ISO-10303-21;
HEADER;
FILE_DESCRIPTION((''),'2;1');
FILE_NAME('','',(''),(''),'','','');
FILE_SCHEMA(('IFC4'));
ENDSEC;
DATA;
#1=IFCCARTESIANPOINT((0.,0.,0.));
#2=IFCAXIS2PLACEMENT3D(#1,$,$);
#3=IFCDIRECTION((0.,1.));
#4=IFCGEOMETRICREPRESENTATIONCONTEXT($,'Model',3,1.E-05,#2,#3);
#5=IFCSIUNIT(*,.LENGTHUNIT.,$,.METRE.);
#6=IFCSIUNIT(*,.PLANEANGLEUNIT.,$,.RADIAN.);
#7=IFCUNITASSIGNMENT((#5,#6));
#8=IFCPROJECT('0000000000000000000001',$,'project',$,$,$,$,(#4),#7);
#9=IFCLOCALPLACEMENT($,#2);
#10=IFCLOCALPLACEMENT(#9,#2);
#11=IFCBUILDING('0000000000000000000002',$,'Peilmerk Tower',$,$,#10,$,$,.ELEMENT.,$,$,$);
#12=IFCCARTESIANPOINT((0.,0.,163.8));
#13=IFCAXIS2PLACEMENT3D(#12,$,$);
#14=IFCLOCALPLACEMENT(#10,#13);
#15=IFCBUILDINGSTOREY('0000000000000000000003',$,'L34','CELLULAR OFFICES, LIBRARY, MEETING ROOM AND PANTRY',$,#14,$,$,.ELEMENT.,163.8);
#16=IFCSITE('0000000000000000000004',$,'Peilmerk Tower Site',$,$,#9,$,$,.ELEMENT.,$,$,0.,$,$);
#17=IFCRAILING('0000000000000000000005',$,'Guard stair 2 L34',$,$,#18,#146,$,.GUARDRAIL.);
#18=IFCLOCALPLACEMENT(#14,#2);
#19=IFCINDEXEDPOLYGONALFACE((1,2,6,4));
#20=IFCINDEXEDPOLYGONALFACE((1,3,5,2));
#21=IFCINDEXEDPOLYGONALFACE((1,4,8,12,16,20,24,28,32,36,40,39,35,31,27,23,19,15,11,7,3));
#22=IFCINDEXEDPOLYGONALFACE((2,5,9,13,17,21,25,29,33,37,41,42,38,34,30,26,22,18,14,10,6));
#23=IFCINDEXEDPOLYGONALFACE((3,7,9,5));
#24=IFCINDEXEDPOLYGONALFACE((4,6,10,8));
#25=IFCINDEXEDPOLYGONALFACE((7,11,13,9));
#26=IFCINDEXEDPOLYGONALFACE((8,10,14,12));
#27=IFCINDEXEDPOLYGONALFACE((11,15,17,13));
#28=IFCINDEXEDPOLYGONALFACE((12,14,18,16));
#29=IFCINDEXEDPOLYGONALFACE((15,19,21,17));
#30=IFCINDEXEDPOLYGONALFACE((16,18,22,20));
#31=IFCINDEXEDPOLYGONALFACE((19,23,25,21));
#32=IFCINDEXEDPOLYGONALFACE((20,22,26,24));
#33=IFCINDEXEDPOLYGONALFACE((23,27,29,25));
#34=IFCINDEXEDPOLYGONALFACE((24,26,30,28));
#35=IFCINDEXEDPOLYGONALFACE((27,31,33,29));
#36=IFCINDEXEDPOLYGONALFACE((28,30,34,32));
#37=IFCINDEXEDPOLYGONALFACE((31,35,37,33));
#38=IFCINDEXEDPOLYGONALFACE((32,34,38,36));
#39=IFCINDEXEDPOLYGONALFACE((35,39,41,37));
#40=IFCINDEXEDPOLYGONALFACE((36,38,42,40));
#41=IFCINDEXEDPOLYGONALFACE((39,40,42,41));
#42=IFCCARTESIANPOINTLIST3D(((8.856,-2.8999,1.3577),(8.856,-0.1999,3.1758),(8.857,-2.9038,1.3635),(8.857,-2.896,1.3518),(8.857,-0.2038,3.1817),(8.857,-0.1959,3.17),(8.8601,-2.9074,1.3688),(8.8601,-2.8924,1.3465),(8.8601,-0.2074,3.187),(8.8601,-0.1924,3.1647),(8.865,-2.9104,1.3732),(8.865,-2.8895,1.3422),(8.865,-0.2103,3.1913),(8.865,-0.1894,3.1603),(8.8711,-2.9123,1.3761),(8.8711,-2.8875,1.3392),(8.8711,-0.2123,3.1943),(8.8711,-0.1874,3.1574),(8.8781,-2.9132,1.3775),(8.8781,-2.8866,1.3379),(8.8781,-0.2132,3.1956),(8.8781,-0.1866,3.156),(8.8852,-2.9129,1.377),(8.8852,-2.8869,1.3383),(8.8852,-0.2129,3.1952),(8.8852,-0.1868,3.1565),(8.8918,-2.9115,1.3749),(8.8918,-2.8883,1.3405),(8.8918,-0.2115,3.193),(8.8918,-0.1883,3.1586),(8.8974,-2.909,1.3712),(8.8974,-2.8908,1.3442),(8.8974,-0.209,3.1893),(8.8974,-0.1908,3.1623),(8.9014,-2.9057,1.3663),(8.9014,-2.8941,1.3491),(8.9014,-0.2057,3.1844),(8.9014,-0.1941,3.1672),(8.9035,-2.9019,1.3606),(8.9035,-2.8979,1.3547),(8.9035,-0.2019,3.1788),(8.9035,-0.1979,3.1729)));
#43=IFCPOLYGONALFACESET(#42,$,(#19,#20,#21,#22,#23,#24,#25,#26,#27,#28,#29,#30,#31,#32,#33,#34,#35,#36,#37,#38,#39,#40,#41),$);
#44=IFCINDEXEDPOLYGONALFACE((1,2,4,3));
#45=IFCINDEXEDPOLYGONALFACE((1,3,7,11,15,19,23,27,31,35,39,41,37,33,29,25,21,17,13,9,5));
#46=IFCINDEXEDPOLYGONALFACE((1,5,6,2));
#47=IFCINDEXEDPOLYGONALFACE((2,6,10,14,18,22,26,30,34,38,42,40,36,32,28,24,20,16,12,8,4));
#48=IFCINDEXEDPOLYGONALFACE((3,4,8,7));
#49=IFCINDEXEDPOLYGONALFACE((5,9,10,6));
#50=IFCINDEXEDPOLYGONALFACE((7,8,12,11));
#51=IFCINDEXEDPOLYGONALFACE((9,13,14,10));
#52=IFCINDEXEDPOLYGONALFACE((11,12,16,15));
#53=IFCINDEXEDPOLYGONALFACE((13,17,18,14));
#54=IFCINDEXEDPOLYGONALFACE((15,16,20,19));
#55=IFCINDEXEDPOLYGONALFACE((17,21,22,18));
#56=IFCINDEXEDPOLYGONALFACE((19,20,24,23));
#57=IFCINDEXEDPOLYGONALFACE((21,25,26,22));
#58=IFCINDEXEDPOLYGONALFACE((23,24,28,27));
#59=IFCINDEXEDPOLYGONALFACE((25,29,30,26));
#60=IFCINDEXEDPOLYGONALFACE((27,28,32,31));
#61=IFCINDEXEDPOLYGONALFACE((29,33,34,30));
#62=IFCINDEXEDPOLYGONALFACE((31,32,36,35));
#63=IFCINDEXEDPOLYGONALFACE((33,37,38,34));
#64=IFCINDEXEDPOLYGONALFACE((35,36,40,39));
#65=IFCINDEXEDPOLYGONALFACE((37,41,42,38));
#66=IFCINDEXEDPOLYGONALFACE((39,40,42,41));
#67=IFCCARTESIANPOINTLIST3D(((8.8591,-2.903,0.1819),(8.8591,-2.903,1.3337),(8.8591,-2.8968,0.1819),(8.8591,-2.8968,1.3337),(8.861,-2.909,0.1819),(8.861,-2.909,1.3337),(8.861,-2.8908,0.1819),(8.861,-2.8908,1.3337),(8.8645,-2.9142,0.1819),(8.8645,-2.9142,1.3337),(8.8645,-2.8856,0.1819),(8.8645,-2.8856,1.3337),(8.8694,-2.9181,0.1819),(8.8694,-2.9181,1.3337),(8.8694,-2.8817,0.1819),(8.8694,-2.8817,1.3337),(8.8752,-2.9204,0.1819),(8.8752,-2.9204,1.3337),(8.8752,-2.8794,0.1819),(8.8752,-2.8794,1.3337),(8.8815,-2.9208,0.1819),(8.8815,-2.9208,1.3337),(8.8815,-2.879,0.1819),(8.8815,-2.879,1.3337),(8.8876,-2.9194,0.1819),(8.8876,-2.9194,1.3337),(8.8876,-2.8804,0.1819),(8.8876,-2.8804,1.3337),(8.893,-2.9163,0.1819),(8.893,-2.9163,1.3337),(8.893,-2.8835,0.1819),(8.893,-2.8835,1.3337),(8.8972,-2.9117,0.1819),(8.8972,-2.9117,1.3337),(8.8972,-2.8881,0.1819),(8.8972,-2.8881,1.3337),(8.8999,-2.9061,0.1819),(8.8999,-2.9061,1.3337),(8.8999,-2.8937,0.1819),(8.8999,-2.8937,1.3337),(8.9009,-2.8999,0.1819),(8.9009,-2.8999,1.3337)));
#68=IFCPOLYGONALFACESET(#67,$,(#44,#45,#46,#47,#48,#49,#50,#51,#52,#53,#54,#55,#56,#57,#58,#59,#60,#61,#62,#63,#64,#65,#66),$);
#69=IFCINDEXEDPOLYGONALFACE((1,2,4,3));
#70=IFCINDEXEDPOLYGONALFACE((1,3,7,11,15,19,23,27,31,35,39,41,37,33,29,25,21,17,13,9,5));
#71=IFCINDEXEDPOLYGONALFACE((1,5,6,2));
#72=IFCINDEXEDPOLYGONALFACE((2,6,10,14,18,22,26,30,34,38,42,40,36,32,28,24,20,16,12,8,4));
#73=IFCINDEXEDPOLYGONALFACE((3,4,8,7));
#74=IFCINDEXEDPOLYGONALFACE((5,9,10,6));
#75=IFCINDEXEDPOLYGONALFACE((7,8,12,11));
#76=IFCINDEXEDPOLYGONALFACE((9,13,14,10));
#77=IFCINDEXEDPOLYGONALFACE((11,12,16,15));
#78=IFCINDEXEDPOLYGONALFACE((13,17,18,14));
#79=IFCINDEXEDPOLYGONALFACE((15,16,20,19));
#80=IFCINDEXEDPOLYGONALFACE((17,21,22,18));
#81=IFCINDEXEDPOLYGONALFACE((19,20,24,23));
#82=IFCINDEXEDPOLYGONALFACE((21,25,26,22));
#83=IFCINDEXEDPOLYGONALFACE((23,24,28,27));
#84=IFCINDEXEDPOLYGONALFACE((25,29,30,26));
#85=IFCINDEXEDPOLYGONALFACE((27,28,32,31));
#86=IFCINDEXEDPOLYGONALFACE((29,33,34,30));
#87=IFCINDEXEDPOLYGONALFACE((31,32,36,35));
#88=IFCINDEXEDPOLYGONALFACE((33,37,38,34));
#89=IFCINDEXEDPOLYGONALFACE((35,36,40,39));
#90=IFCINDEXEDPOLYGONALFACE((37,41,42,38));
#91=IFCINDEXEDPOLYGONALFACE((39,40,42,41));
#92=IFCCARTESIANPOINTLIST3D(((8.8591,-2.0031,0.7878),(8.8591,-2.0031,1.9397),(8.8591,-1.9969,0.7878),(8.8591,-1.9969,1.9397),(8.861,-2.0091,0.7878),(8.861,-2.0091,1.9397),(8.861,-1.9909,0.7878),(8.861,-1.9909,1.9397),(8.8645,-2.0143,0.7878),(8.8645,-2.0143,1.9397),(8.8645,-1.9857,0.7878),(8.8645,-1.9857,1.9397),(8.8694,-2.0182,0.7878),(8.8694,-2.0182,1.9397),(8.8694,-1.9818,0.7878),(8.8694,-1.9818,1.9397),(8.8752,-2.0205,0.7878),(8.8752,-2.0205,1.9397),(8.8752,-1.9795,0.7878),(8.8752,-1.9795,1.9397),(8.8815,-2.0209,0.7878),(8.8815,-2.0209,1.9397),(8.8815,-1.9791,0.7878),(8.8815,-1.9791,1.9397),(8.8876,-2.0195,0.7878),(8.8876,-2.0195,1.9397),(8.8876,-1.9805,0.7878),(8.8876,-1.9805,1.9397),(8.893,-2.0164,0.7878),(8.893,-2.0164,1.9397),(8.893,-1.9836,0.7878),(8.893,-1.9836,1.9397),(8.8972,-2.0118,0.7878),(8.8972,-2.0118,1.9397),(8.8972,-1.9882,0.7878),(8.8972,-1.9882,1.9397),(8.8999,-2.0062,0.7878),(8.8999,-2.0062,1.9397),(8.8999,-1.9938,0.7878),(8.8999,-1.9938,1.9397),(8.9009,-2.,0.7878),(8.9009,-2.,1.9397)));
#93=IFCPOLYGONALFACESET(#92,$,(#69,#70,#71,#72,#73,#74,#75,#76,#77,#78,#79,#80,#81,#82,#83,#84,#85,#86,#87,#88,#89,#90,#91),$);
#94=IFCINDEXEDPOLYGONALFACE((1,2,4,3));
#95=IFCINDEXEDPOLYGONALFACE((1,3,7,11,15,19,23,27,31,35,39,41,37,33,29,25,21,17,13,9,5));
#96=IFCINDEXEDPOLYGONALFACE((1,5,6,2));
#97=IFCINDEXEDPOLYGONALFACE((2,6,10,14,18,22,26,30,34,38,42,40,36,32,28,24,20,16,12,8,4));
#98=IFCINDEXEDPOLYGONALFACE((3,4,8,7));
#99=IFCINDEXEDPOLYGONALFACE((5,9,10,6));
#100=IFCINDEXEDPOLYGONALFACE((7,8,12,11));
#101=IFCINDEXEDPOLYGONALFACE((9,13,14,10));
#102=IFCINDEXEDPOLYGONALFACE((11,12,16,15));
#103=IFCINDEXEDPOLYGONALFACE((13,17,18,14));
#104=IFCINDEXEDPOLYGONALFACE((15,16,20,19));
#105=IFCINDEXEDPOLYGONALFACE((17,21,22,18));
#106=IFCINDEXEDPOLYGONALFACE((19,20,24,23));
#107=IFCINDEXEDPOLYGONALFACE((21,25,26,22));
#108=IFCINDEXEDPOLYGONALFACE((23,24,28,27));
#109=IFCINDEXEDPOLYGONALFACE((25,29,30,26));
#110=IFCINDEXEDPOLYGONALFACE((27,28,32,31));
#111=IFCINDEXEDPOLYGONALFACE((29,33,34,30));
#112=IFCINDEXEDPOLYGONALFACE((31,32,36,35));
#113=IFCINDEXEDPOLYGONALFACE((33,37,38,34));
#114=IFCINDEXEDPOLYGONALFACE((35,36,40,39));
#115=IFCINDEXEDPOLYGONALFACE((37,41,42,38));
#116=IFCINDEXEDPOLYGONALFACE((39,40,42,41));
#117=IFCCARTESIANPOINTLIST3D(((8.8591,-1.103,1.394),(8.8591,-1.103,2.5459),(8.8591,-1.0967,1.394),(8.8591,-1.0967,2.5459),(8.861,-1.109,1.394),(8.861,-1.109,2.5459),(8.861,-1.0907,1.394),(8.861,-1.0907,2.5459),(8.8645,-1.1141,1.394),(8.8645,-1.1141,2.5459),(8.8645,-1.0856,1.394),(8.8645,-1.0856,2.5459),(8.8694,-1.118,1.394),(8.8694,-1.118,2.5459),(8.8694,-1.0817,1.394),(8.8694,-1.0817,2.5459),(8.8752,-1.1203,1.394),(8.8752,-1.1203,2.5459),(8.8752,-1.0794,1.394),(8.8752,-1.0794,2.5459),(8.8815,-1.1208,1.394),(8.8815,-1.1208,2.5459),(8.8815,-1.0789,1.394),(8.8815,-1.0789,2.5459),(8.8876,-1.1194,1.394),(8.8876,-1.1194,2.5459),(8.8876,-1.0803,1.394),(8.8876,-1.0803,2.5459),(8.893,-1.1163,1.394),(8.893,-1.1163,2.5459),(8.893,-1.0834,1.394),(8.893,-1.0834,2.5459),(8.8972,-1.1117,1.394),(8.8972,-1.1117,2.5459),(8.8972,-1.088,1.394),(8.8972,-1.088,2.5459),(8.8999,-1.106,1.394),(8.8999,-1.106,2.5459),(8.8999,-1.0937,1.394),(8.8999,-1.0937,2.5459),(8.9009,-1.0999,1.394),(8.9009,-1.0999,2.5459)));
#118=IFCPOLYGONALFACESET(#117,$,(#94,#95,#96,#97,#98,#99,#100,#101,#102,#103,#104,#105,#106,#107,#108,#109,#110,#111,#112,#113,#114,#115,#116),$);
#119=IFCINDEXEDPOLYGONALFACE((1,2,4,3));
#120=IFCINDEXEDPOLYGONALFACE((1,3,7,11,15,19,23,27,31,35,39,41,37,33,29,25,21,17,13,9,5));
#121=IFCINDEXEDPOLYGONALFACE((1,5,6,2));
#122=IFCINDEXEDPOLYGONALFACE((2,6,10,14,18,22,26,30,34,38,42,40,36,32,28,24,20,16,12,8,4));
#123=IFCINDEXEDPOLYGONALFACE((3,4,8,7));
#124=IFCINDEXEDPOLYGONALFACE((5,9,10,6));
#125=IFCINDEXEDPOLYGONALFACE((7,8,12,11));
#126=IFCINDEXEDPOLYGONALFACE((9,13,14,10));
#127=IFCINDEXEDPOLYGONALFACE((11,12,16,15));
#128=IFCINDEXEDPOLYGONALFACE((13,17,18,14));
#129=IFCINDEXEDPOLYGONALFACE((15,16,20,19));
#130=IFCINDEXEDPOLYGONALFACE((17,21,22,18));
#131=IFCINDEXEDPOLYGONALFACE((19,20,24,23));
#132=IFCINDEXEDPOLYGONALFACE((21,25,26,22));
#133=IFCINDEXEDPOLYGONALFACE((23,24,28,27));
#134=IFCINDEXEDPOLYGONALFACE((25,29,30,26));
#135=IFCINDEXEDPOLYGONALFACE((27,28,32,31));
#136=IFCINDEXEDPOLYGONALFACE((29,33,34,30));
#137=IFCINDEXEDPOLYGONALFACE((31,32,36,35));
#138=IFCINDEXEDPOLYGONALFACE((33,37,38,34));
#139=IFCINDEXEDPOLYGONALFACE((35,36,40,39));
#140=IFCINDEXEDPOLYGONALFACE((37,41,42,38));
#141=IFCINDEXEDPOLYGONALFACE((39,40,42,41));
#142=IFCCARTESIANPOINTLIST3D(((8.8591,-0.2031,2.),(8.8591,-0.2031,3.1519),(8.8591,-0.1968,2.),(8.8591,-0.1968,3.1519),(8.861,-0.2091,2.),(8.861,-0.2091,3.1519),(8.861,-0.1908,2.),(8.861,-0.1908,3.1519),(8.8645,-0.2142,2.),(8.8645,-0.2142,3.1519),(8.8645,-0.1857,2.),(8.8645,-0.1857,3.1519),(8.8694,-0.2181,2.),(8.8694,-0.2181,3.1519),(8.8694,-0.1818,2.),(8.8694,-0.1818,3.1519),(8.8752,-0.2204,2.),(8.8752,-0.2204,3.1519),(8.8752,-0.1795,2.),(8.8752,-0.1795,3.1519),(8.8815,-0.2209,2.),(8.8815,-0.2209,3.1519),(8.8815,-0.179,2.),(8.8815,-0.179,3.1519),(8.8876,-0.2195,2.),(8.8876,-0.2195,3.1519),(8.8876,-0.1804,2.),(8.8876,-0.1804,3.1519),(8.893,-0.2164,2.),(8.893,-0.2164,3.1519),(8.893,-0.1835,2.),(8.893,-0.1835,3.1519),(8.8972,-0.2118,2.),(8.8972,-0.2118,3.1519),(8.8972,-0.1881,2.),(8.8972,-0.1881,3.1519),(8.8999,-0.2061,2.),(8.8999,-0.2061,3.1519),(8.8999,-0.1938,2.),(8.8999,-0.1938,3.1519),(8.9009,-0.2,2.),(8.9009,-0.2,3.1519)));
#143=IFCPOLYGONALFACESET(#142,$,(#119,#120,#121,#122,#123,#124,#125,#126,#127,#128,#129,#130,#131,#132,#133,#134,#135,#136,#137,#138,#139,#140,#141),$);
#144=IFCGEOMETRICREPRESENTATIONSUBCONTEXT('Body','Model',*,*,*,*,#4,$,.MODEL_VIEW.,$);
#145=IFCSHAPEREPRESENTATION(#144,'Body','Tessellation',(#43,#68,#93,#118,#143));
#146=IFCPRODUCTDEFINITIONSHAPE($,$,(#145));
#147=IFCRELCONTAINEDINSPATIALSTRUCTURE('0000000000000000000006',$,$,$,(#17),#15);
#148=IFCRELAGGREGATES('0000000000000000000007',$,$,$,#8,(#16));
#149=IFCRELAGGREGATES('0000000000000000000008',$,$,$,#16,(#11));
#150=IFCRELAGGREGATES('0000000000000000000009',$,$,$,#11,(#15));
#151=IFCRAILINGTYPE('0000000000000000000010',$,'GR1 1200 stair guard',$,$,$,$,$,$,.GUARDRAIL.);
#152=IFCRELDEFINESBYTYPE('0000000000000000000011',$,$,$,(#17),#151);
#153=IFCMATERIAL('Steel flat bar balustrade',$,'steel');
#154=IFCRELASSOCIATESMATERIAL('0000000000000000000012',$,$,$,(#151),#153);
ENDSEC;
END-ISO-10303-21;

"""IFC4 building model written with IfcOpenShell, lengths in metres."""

from ifc_helpers import new_model, si_unit, direction, frame, origin, origin_2d, place, context, subcontext, project, spatial, circle, extrude, material, type_object, element, save


model = new_model("IFC4")

# Units and contexts
model_context = context("Model", 3, precision=1e-05, world=origin(), true_north=direction((0.0, 1.0)))
body_context = subcontext(model_context, "Body", "Model", "MODEL_VIEW")
ifc_project = project(units=[si_unit("LENGTHUNIT", "METRE"), si_unit("PLANEANGLEUNIT", "RADIAN")], contexts=[model_context])

# Site, building, storey
site_placement = place(None, origin())
site = spatial("IfcSite", under=ifc_project, at=site_placement, Name="Peilmerk Tower Site", CompositionType="ELEMENT", RefElevation=0.0)
building_placement = place(site_placement, origin())
building = spatial("IfcBuilding", under=site, at=building_placement, Name="Peilmerk Tower", CompositionType="ELEMENT")
storey_placement = place(building_placement, frame((0.0, 0.0, 163.8)))
storey = spatial("IfcBuildingStorey", under=building, at=storey_placement, Name="L34", Description="CELLULAR OFFICES, LIBRARY, MEETING ROOM AND PANTRY", CompositionType="ELEMENT", Elevation=163.8)

# Railing
ifc_material_1 = material(Name="Steel flat bar balustrade", Category="steel")
railing_type_1 = type_object("IfcRailingType", Name="GR1 1200 stair guard", PredefinedType="GUARDRAIL", material=ifc_material_1)
railing_1_placement = place(storey_placement, frame((8.8799, -2.8999, 0.1819)))
element("IfcRailing", 1, at=railing_1_placement, inside=storey, type_object=railing_type_1, Name="Guard stair 2 L34", PredefinedType="GUARDRAIL", context=body_context, shape_type="SweptSolid", body=[
    extrude(circle(Radius=0.0239, at=origin_2d()), frame((0.0, 0.0, 1.1758), z_axis=(0.0, 0.829468, 0.558554), x_axis=(-1.0, 0.0, 0.0)), (0.0, 0.0, 1.0), 3.2551),
    extrude(circle(Radius=0.021, at=origin_2d()), origin(), (0.0, 0.0, 1.0), 1.1519),
    extrude(circle(Radius=0.021, at=origin_2d()), frame((0.0, 0.8999, 0.606)), (0.0, 0.0, 1.0), 1.1519),
    extrude(circle(Radius=0.021, at=origin_2d()), frame((0.0, 1.8, 1.2122)), (0.0, 0.0, 1.0), 1.1519),
    extrude(circle(Radius=0.021, at=origin_2d()), frame((0.0, 2.7, 1.8181)), (0.0, 0.0, 1.0), 1.1519),
])

save(model, "model.ifc")
